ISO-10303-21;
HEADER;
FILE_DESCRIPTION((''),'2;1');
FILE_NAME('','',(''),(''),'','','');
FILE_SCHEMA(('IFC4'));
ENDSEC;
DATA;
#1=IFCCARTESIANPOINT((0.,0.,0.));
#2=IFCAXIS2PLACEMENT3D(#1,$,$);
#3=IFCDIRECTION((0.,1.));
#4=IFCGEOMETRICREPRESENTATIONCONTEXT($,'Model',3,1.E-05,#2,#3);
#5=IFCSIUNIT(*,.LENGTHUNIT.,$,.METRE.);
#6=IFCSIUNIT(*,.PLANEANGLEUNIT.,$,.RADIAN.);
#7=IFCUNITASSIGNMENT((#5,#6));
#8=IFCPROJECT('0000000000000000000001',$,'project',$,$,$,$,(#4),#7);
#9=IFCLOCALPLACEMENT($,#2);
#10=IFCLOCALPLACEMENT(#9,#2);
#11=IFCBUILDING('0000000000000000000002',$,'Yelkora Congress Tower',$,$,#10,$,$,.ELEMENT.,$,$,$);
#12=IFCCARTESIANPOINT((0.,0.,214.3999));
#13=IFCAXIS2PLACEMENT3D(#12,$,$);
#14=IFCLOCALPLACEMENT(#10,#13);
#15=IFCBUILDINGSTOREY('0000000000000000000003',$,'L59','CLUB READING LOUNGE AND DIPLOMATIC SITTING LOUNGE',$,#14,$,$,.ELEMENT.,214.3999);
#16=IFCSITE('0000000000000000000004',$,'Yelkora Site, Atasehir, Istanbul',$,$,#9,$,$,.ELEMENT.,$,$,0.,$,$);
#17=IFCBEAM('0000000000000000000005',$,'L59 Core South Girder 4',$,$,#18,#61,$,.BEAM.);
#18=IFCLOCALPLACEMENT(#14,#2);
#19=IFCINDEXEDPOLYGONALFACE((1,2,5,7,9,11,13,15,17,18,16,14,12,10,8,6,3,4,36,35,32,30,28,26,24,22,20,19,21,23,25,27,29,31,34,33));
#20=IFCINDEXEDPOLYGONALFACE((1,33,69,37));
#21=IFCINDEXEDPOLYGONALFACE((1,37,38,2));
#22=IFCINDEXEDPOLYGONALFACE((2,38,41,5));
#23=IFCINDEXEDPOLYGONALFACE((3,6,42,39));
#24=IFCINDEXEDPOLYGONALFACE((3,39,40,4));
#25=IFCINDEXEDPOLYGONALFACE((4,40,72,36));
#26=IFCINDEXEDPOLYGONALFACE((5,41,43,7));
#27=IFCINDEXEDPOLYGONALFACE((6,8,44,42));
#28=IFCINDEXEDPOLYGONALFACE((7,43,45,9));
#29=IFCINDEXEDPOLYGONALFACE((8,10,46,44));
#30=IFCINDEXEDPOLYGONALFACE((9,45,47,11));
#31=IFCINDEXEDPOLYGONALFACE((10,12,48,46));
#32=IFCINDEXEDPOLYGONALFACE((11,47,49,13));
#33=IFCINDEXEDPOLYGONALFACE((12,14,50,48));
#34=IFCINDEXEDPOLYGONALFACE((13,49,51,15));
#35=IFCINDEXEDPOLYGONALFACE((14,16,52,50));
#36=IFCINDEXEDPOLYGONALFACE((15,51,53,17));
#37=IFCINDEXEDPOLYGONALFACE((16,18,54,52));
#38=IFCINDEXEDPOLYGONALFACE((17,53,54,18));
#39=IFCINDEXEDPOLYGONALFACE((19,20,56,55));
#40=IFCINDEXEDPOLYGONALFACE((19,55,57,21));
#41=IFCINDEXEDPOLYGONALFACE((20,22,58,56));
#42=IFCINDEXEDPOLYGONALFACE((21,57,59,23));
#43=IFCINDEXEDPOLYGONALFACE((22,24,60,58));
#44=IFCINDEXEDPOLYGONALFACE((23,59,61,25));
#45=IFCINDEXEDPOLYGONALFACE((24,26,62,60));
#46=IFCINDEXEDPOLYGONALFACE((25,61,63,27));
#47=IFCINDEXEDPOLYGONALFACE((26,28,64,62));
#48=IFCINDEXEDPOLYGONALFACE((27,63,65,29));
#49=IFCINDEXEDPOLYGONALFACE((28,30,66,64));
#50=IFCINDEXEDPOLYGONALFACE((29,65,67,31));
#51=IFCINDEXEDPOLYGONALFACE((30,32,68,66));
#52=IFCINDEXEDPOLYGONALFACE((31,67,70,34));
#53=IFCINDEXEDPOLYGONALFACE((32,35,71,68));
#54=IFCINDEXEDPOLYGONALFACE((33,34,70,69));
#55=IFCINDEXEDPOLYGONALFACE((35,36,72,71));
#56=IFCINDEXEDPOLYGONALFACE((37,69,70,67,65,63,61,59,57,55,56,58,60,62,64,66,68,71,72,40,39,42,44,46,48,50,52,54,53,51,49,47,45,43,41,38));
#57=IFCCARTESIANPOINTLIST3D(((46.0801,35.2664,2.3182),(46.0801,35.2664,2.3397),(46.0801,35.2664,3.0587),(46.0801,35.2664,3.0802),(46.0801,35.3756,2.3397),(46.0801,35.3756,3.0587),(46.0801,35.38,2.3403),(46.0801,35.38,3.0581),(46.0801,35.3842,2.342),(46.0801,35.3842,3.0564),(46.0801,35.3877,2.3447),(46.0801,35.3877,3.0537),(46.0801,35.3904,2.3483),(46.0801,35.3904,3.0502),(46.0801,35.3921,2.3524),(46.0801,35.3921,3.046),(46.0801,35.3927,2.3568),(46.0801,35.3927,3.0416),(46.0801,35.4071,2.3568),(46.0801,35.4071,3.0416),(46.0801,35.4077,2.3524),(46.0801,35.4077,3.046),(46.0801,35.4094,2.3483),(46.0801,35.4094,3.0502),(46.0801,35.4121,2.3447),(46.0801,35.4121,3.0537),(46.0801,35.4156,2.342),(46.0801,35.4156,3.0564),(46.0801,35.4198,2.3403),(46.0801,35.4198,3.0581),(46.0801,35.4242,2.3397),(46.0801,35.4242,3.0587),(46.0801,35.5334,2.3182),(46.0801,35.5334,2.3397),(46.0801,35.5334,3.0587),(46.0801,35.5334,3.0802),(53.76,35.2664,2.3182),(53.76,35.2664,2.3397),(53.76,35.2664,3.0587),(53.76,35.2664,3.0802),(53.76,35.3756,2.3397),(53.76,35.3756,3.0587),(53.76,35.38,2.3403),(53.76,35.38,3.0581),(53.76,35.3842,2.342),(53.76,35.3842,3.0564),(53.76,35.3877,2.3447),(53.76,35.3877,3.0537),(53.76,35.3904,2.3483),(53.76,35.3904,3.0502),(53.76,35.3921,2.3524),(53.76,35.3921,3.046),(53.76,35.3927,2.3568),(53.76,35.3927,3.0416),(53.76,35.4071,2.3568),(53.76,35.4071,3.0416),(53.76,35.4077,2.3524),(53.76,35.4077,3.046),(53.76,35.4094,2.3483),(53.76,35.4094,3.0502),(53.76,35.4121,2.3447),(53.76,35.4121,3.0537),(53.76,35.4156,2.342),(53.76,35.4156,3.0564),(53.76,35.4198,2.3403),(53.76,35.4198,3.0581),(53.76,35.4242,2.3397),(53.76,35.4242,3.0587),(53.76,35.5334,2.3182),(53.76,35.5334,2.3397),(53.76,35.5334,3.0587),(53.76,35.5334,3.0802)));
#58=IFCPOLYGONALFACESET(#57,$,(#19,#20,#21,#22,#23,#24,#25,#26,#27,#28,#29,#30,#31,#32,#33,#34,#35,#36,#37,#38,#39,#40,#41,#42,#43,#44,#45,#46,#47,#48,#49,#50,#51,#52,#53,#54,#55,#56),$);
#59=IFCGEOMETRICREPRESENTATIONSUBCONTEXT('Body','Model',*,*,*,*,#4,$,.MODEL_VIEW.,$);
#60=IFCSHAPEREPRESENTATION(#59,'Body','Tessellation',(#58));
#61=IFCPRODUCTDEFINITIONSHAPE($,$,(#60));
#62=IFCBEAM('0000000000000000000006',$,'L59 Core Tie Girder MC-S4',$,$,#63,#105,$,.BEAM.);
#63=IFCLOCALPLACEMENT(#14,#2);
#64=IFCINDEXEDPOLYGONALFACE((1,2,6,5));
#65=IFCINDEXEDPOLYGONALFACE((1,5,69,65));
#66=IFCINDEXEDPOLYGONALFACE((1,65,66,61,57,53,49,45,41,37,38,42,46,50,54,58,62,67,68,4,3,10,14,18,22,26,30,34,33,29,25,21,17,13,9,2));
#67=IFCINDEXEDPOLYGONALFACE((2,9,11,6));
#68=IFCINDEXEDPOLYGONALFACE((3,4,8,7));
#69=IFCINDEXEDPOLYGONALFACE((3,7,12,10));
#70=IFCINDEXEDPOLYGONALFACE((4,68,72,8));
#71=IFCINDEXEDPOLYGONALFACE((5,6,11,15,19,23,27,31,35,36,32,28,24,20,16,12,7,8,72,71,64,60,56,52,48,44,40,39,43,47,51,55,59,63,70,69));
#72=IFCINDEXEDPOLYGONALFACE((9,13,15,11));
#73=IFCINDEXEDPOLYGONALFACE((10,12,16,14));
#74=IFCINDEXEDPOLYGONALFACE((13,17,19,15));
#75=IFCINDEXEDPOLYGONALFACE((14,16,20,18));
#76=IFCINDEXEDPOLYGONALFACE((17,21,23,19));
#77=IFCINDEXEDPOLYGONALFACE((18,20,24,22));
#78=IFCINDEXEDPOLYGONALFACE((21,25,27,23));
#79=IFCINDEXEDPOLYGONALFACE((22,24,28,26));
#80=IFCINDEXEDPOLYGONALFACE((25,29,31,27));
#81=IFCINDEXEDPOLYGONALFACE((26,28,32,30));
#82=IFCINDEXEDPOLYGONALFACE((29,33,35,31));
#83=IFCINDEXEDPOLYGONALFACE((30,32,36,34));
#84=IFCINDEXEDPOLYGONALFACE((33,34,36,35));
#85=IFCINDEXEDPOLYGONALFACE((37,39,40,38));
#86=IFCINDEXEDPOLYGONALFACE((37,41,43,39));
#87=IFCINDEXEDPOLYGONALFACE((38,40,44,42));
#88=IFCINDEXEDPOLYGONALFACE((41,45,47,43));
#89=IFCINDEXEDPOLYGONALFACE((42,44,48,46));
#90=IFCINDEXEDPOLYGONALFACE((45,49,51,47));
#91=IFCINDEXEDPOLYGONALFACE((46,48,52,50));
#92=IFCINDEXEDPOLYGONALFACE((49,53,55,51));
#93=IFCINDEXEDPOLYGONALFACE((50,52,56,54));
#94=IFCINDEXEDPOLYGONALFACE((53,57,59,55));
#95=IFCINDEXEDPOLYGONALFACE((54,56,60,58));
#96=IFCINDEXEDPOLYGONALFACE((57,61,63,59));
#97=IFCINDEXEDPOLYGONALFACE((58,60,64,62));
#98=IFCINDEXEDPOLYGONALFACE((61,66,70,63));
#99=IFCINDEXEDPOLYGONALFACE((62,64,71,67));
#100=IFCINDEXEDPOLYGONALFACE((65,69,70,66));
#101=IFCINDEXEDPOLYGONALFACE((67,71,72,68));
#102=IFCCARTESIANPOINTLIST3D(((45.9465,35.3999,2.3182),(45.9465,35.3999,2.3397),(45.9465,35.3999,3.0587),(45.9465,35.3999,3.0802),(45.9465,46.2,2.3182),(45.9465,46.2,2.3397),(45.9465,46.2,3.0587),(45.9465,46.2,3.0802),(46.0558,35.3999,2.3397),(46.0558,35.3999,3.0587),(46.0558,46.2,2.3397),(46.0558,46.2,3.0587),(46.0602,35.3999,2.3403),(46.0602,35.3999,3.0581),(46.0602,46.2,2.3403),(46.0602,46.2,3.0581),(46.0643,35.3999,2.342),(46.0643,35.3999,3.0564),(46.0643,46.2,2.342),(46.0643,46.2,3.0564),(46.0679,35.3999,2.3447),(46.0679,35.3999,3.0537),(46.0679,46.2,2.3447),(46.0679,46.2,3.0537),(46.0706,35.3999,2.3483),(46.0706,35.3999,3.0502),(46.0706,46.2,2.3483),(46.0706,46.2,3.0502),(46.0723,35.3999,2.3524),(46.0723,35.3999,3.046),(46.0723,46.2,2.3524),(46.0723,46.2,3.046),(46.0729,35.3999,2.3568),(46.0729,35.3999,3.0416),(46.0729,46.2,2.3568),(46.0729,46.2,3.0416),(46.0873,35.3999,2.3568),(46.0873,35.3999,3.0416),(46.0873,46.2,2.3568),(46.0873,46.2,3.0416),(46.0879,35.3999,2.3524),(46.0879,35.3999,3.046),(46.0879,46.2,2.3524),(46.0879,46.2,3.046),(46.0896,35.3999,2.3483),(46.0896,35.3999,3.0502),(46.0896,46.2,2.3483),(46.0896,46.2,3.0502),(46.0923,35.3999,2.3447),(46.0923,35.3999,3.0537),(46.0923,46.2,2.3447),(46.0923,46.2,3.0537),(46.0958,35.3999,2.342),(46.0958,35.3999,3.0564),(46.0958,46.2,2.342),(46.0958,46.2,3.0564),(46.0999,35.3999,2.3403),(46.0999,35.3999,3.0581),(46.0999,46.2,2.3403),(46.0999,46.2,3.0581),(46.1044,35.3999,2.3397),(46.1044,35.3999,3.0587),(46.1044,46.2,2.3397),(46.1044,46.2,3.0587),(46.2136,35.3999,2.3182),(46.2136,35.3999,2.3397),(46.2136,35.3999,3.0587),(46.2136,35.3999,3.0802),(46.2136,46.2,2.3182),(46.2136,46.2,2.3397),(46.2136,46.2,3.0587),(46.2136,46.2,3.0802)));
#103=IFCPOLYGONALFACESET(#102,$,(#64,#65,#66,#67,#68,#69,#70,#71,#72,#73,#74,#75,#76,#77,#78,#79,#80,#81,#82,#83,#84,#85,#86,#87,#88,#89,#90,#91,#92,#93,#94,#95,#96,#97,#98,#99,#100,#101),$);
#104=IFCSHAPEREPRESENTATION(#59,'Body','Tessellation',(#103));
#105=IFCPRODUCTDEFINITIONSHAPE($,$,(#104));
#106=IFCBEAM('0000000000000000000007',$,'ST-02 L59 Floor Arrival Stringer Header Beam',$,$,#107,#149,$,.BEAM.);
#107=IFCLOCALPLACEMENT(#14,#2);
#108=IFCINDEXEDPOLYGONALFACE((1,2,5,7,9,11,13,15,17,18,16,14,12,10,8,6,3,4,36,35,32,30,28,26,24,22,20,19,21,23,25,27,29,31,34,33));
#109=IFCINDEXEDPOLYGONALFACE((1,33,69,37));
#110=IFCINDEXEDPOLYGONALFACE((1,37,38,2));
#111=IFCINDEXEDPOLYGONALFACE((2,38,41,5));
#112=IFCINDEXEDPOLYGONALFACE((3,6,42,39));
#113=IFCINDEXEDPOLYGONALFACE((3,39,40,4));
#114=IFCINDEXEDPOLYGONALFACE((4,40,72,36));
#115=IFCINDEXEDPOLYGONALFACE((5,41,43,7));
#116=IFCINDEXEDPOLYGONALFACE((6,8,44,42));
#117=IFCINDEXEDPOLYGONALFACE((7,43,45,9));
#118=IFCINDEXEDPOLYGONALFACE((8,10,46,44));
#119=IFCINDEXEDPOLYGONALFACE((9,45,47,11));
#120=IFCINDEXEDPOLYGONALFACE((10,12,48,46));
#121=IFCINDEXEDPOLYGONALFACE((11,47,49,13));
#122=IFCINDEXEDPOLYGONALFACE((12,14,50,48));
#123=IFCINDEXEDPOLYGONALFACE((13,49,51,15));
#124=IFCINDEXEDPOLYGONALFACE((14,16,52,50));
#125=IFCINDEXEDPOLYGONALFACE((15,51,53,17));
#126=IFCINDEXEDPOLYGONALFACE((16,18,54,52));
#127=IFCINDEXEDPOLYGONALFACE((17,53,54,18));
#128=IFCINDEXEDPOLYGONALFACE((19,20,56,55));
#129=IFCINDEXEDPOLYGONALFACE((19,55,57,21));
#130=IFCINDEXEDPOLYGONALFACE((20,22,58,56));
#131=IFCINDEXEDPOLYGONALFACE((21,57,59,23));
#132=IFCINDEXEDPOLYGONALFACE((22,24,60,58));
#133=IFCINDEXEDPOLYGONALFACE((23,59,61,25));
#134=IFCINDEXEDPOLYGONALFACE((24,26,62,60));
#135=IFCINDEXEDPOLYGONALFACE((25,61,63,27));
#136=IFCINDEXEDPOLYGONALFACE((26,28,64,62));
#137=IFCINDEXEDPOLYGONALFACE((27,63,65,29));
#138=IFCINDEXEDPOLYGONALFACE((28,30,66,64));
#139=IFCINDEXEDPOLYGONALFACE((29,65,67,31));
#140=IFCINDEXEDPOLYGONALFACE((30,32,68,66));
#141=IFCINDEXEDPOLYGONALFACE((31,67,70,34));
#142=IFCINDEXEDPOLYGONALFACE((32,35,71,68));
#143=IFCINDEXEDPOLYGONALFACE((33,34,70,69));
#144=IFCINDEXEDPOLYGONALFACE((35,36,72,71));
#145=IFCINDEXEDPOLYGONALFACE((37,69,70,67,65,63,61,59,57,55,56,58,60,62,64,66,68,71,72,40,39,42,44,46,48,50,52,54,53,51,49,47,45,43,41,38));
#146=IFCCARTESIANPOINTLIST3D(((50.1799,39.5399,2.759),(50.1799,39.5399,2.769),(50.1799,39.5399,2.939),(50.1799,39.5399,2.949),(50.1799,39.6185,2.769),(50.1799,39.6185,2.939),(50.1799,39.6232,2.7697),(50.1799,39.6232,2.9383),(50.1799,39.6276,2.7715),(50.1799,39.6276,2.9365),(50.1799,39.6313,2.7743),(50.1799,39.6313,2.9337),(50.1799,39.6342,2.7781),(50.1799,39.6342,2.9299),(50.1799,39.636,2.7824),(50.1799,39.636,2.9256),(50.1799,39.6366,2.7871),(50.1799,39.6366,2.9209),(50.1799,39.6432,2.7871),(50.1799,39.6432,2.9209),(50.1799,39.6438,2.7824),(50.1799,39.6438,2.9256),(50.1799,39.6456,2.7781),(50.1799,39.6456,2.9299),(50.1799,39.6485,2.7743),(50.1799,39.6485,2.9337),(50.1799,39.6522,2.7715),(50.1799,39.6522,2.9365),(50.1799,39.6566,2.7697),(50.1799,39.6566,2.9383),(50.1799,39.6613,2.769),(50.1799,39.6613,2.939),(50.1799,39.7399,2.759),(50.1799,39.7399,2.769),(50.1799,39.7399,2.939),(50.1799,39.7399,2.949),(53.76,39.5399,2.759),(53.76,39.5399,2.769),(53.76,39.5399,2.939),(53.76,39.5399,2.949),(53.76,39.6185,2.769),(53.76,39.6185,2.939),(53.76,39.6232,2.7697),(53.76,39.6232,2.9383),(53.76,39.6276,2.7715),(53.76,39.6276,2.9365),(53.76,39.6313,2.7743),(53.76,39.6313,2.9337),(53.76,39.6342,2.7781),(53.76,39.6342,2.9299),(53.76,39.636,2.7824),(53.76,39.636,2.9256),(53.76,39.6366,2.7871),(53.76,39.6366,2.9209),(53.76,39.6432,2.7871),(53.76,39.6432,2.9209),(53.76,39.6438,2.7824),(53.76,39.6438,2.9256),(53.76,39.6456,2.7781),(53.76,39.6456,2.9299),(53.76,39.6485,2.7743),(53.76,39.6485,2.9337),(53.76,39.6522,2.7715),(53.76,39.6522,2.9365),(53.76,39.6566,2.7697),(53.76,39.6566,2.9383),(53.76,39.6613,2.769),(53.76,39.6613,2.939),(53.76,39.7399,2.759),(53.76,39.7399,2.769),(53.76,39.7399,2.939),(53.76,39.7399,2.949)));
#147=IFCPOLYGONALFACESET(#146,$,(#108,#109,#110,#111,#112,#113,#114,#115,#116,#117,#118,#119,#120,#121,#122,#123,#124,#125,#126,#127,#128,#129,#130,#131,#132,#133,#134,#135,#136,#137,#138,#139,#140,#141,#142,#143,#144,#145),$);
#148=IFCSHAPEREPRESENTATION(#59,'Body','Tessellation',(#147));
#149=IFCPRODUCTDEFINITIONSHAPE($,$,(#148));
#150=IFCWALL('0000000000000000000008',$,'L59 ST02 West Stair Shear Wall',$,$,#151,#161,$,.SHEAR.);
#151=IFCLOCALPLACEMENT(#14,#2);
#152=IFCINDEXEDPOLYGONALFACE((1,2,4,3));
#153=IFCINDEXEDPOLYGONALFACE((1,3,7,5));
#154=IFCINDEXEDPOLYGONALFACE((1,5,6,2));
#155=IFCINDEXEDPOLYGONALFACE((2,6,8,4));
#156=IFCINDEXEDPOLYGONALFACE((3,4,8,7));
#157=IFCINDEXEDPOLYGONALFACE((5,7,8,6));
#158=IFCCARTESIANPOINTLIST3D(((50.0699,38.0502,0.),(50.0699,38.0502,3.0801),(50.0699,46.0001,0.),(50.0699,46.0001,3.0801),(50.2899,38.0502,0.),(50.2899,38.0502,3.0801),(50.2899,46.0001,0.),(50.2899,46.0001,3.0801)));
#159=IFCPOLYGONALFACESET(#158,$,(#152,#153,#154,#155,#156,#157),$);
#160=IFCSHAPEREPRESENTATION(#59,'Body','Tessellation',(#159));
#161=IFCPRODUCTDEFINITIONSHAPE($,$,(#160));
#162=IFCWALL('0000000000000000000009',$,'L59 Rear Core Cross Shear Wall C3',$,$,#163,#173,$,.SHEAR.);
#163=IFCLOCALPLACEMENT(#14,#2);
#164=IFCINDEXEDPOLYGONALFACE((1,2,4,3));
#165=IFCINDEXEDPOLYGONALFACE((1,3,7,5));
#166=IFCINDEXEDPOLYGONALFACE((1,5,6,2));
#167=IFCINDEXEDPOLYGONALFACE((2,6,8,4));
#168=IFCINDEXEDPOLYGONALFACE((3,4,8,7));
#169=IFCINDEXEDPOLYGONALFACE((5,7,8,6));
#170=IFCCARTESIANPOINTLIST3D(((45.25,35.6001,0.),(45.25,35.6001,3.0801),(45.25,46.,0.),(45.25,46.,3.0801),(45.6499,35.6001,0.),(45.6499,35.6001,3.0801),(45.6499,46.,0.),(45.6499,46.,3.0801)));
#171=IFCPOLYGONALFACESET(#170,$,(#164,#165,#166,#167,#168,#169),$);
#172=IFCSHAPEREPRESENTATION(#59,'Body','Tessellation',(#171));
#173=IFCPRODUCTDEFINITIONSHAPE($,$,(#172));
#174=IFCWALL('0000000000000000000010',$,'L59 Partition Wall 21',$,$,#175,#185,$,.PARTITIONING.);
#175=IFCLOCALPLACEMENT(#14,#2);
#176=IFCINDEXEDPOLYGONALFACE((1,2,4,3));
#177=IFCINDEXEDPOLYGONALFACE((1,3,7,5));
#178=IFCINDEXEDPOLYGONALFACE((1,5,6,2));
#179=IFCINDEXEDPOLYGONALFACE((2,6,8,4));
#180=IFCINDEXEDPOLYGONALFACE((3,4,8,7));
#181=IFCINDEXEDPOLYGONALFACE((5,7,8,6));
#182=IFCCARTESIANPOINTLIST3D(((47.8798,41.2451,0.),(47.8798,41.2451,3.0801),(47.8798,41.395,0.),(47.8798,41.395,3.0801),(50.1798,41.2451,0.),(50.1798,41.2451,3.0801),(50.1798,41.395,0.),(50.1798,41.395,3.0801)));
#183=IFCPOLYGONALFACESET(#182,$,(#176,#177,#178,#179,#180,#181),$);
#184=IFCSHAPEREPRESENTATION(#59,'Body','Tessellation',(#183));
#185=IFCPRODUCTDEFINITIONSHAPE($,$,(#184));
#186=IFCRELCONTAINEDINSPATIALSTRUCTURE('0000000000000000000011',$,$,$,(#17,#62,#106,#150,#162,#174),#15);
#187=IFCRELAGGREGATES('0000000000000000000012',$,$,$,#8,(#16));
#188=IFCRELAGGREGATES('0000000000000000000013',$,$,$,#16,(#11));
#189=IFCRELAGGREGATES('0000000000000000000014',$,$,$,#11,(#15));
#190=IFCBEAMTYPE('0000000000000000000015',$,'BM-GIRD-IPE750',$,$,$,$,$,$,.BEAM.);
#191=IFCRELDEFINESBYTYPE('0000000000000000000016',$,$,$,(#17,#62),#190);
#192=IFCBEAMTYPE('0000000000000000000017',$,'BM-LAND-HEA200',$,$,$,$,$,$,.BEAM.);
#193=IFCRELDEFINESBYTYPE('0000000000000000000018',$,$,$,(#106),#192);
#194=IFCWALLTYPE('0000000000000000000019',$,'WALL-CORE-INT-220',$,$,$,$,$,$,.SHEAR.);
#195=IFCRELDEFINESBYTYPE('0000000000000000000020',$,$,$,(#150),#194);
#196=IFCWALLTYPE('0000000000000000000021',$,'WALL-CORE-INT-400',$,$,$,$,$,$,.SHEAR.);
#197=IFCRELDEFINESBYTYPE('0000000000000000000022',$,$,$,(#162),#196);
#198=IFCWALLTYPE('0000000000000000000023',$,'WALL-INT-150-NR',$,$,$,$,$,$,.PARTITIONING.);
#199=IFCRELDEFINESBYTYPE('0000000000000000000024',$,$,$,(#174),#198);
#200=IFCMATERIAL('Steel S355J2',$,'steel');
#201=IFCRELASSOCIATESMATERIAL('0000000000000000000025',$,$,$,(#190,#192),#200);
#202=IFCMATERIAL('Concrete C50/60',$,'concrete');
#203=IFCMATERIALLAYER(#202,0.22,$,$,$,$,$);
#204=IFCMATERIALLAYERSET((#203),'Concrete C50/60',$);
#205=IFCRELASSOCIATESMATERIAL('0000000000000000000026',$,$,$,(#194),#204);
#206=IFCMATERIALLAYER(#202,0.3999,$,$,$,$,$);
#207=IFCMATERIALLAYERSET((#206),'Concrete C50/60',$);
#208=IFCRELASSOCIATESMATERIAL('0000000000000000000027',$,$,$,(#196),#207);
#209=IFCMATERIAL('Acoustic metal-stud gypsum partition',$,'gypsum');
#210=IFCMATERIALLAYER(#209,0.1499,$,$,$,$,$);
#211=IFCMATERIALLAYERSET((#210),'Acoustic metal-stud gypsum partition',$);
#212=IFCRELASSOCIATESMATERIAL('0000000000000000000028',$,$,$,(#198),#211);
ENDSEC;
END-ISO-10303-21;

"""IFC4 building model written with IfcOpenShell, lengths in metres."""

from ifc_helpers import new_model, si_unit, direction, frame, frame_2d, origin, origin_2d, place, context, subcontext, project, spatial, rectangle, i_section, extrude, material, layer, layer_set, material_profile, profile_set, type_object, element, save


model = new_model("IFC4")

# Units and contexts
model_context = context("Model", 3, precision=1e-05, world=origin(), true_north=direction((0.0, 1.0)))
body_context = subcontext(model_context, "Body", "Model", "MODEL_VIEW")
ifc_project = project(units=[si_unit("LENGTHUNIT", "METRE"), si_unit("PLANEANGLEUNIT", "RADIAN")], contexts=[model_context])

# Site, building, storey
site_placement = place(None, origin())
site = spatial("IfcSite", under=ifc_project, at=site_placement, Name="Yelkora Site, Atasehir, Istanbul", CompositionType="ELEMENT", RefElevation=0.0)
building_placement = place(site_placement, origin())
building = spatial("IfcBuilding", under=site, at=building_placement, Name="Yelkora Congress Tower", CompositionType="ELEMENT")
storey_placement = place(building_placement, frame((0.0, 0.0, 214.3999)))
storey = spatial("IfcBuildingStorey", under=building, at=storey_placement, Name="L59", Description="CLUB READING LOUNGE AND DIPLOMATIC SITTING LOUNGE", CompositionType="ELEMENT", Elevation=214.3999)

# Beams
ifc_material_1 = material(Name="Steel S355J2", Category="steel")
ifc_material_profile_1 = material_profile(ifc_material_1, i_section(OverallWidth=0.2671, OverallDepth=0.762, WebThickness=0.0144, FlangeThickness=0.0215, FilletRadius=0.0171, at=origin_2d()), Name="IPE 750x173")
ifc_profile_set_1 = profile_set([ifc_material_profile_1], Name="Steel S355J2")
beam_type_1 = type_object("IfcBeamType", Name="BM-GIRD-IPE750", PredefinedType="BEAM", material=ifc_profile_set_1)
beam_1_placement = place(storey_placement, frame((46.0801, 35.3999, 2.6992), z_axis=(1.0, 0.0, 0.0), x_axis=(0.0, 1.0, 0.0)))
element("IfcBeam", 1, at=beam_1_placement, inside=storey, type_object=beam_type_1, Name="L59 Core South Girder 4", PredefinedType="BEAM", context=body_context, shape_type="SweptSolid", body=[
    extrude(i_section(OverallWidth=0.2671, OverallDepth=0.762, WebThickness=0.0144, FlangeThickness=0.0215, FilletRadius=0.0171, at=origin_2d()), origin(), (0.0, 0.0, 1.0), 7.6799),
])
beam_2_placement = place(storey_placement, frame((46.0801, 35.3999, 2.6992), z_axis=(0.0, 1.0, 0.0), x_axis=(-1.0, 0.0, 0.0)))
element("IfcBeam", 2, at=beam_2_placement, inside=storey, type_object=beam_type_1, Name="L59 Core Tie Girder MC-S4", PredefinedType="BEAM", context=body_context, shape_type="SweptSolid", body=[
    extrude(i_section(OverallWidth=0.2671, OverallDepth=0.762, WebThickness=0.0144, FlangeThickness=0.0215, FilletRadius=0.0171, at=origin_2d()), origin(), (0.0, 0.0, 1.0), 10.8),
])
ifc_material_profile_2 = material_profile(ifc_material_1, i_section(OverallWidth=0.2, OverallDepth=0.1899, WebThickness=0.0066, FlangeThickness=0.01, FilletRadius=0.0181, at=origin_2d()), Name="HEA 200")
ifc_profile_set_2 = profile_set([ifc_material_profile_2], Name="Steel S355J2")
beam_type_2 = type_object("IfcBeamType", Name="BM-LAND-HEA200", PredefinedType="BEAM", material=ifc_profile_set_2)
beam_3_placement = place(storey_placement, frame((50.1799, 39.6399, 2.854), z_axis=(1.0, 0.0, 0.0), x_axis=(0.0, 1.0, 0.0)))
element("IfcBeam", 3, at=beam_3_placement, inside=storey, type_object=beam_type_2, Name="ST-02 L59 Floor Arrival Stringer Header Beam", PredefinedType="BEAM", context=body_context, shape_type="SweptSolid", body=[
    extrude(i_section(OverallWidth=0.2, OverallDepth=0.1899, WebThickness=0.0066, FlangeThickness=0.01, FilletRadius=0.0181, at=origin_2d()), origin(), (0.0, 0.0, 1.0), 3.5801),
])

# Walls
ifc_material_2 = material(Name="Concrete C50/60", Category="concrete")
ifc_layer_1 = layer(ifc_material_2, 0.22)
ifc_layer_set_1 = layer_set([ifc_layer_1], Name="Concrete C50/60")
wall_type_1 = type_object("IfcWallType", Name="WALL-CORE-INT-220", PredefinedType="SHEAR", material=ifc_layer_set_1)
wall_1_placement = place(storey_placement, frame((50.1799, 38.05, 0.0), z_axis=(0.0, 0.0, 1.0), x_axis=(0.0, 1.0, 0.0)))
element("IfcWall", 4, at=wall_1_placement, inside=storey, type_object=wall_type_1, Name="L59 ST02 West Stair Shear Wall", PredefinedType="SHEAR", context=body_context, shape_type="SweptSolid", body=[
    extrude(rectangle(XDim=7.95, YDim=0.22, at=frame_2d((3.9751, 0.0))), origin(), (0.0, 0.0, 1.0), 3.0801),
])
ifc_layer_2 = layer(ifc_material_2, 0.3999)
ifc_layer_set_2 = layer_set([ifc_layer_2], Name="Concrete C50/60")
wall_type_2 = type_object("IfcWallType", Name="WALL-CORE-INT-400", PredefinedType="SHEAR", material=ifc_layer_set_2)
wall_2_placement = place(storey_placement, frame((45.45, 35.6001, 0.0), z_axis=(0.0, 0.0, 1.0), x_axis=(0.0, 1.0, 0.0)))
element("IfcWall", 5, at=wall_2_placement, inside=storey, type_object=wall_type_2, Name="L59 Rear Core Cross Shear Wall C3", PredefinedType="SHEAR", context=body_context, shape_type="SweptSolid", body=[
    extrude(rectangle(XDim=10.3999, YDim=0.3999, at=frame_2d((5.2, 0.0))), origin(), (0.0, 0.0, 1.0), 3.0801),
])
ifc_material_3 = material(Name="Acoustic metal-stud gypsum partition", Category="gypsum")
ifc_layer_3 = layer(ifc_material_3, 0.1499)
ifc_layer_set_3 = layer_set([ifc_layer_3], Name="Acoustic metal-stud gypsum partition")
wall_type_3 = type_object("IfcWallType", Name="WALL-INT-150-NR", PredefinedType="PARTITIONING", material=ifc_layer_set_3)
wall_3_placement = place(storey_placement, frame((47.8799, 41.3201, 0.0), z_axis=(0.0, 0.0, 1.0), x_axis=(1.0, 0.0, 0.0)))
element("IfcWall", 6, at=wall_3_placement, inside=storey, type_object=wall_type_3, Name="L59 Partition Wall 21", PredefinedType="PARTITIONING", context=body_context, shape_type="SweptSolid", body=[
    extrude(rectangle(XDim=2.3, YDim=0.1499, at=frame_2d((1.1499, 0.0))), origin(), (0.0, 0.0, 1.0), 3.0801),
])

save(model, "model.ifc")
